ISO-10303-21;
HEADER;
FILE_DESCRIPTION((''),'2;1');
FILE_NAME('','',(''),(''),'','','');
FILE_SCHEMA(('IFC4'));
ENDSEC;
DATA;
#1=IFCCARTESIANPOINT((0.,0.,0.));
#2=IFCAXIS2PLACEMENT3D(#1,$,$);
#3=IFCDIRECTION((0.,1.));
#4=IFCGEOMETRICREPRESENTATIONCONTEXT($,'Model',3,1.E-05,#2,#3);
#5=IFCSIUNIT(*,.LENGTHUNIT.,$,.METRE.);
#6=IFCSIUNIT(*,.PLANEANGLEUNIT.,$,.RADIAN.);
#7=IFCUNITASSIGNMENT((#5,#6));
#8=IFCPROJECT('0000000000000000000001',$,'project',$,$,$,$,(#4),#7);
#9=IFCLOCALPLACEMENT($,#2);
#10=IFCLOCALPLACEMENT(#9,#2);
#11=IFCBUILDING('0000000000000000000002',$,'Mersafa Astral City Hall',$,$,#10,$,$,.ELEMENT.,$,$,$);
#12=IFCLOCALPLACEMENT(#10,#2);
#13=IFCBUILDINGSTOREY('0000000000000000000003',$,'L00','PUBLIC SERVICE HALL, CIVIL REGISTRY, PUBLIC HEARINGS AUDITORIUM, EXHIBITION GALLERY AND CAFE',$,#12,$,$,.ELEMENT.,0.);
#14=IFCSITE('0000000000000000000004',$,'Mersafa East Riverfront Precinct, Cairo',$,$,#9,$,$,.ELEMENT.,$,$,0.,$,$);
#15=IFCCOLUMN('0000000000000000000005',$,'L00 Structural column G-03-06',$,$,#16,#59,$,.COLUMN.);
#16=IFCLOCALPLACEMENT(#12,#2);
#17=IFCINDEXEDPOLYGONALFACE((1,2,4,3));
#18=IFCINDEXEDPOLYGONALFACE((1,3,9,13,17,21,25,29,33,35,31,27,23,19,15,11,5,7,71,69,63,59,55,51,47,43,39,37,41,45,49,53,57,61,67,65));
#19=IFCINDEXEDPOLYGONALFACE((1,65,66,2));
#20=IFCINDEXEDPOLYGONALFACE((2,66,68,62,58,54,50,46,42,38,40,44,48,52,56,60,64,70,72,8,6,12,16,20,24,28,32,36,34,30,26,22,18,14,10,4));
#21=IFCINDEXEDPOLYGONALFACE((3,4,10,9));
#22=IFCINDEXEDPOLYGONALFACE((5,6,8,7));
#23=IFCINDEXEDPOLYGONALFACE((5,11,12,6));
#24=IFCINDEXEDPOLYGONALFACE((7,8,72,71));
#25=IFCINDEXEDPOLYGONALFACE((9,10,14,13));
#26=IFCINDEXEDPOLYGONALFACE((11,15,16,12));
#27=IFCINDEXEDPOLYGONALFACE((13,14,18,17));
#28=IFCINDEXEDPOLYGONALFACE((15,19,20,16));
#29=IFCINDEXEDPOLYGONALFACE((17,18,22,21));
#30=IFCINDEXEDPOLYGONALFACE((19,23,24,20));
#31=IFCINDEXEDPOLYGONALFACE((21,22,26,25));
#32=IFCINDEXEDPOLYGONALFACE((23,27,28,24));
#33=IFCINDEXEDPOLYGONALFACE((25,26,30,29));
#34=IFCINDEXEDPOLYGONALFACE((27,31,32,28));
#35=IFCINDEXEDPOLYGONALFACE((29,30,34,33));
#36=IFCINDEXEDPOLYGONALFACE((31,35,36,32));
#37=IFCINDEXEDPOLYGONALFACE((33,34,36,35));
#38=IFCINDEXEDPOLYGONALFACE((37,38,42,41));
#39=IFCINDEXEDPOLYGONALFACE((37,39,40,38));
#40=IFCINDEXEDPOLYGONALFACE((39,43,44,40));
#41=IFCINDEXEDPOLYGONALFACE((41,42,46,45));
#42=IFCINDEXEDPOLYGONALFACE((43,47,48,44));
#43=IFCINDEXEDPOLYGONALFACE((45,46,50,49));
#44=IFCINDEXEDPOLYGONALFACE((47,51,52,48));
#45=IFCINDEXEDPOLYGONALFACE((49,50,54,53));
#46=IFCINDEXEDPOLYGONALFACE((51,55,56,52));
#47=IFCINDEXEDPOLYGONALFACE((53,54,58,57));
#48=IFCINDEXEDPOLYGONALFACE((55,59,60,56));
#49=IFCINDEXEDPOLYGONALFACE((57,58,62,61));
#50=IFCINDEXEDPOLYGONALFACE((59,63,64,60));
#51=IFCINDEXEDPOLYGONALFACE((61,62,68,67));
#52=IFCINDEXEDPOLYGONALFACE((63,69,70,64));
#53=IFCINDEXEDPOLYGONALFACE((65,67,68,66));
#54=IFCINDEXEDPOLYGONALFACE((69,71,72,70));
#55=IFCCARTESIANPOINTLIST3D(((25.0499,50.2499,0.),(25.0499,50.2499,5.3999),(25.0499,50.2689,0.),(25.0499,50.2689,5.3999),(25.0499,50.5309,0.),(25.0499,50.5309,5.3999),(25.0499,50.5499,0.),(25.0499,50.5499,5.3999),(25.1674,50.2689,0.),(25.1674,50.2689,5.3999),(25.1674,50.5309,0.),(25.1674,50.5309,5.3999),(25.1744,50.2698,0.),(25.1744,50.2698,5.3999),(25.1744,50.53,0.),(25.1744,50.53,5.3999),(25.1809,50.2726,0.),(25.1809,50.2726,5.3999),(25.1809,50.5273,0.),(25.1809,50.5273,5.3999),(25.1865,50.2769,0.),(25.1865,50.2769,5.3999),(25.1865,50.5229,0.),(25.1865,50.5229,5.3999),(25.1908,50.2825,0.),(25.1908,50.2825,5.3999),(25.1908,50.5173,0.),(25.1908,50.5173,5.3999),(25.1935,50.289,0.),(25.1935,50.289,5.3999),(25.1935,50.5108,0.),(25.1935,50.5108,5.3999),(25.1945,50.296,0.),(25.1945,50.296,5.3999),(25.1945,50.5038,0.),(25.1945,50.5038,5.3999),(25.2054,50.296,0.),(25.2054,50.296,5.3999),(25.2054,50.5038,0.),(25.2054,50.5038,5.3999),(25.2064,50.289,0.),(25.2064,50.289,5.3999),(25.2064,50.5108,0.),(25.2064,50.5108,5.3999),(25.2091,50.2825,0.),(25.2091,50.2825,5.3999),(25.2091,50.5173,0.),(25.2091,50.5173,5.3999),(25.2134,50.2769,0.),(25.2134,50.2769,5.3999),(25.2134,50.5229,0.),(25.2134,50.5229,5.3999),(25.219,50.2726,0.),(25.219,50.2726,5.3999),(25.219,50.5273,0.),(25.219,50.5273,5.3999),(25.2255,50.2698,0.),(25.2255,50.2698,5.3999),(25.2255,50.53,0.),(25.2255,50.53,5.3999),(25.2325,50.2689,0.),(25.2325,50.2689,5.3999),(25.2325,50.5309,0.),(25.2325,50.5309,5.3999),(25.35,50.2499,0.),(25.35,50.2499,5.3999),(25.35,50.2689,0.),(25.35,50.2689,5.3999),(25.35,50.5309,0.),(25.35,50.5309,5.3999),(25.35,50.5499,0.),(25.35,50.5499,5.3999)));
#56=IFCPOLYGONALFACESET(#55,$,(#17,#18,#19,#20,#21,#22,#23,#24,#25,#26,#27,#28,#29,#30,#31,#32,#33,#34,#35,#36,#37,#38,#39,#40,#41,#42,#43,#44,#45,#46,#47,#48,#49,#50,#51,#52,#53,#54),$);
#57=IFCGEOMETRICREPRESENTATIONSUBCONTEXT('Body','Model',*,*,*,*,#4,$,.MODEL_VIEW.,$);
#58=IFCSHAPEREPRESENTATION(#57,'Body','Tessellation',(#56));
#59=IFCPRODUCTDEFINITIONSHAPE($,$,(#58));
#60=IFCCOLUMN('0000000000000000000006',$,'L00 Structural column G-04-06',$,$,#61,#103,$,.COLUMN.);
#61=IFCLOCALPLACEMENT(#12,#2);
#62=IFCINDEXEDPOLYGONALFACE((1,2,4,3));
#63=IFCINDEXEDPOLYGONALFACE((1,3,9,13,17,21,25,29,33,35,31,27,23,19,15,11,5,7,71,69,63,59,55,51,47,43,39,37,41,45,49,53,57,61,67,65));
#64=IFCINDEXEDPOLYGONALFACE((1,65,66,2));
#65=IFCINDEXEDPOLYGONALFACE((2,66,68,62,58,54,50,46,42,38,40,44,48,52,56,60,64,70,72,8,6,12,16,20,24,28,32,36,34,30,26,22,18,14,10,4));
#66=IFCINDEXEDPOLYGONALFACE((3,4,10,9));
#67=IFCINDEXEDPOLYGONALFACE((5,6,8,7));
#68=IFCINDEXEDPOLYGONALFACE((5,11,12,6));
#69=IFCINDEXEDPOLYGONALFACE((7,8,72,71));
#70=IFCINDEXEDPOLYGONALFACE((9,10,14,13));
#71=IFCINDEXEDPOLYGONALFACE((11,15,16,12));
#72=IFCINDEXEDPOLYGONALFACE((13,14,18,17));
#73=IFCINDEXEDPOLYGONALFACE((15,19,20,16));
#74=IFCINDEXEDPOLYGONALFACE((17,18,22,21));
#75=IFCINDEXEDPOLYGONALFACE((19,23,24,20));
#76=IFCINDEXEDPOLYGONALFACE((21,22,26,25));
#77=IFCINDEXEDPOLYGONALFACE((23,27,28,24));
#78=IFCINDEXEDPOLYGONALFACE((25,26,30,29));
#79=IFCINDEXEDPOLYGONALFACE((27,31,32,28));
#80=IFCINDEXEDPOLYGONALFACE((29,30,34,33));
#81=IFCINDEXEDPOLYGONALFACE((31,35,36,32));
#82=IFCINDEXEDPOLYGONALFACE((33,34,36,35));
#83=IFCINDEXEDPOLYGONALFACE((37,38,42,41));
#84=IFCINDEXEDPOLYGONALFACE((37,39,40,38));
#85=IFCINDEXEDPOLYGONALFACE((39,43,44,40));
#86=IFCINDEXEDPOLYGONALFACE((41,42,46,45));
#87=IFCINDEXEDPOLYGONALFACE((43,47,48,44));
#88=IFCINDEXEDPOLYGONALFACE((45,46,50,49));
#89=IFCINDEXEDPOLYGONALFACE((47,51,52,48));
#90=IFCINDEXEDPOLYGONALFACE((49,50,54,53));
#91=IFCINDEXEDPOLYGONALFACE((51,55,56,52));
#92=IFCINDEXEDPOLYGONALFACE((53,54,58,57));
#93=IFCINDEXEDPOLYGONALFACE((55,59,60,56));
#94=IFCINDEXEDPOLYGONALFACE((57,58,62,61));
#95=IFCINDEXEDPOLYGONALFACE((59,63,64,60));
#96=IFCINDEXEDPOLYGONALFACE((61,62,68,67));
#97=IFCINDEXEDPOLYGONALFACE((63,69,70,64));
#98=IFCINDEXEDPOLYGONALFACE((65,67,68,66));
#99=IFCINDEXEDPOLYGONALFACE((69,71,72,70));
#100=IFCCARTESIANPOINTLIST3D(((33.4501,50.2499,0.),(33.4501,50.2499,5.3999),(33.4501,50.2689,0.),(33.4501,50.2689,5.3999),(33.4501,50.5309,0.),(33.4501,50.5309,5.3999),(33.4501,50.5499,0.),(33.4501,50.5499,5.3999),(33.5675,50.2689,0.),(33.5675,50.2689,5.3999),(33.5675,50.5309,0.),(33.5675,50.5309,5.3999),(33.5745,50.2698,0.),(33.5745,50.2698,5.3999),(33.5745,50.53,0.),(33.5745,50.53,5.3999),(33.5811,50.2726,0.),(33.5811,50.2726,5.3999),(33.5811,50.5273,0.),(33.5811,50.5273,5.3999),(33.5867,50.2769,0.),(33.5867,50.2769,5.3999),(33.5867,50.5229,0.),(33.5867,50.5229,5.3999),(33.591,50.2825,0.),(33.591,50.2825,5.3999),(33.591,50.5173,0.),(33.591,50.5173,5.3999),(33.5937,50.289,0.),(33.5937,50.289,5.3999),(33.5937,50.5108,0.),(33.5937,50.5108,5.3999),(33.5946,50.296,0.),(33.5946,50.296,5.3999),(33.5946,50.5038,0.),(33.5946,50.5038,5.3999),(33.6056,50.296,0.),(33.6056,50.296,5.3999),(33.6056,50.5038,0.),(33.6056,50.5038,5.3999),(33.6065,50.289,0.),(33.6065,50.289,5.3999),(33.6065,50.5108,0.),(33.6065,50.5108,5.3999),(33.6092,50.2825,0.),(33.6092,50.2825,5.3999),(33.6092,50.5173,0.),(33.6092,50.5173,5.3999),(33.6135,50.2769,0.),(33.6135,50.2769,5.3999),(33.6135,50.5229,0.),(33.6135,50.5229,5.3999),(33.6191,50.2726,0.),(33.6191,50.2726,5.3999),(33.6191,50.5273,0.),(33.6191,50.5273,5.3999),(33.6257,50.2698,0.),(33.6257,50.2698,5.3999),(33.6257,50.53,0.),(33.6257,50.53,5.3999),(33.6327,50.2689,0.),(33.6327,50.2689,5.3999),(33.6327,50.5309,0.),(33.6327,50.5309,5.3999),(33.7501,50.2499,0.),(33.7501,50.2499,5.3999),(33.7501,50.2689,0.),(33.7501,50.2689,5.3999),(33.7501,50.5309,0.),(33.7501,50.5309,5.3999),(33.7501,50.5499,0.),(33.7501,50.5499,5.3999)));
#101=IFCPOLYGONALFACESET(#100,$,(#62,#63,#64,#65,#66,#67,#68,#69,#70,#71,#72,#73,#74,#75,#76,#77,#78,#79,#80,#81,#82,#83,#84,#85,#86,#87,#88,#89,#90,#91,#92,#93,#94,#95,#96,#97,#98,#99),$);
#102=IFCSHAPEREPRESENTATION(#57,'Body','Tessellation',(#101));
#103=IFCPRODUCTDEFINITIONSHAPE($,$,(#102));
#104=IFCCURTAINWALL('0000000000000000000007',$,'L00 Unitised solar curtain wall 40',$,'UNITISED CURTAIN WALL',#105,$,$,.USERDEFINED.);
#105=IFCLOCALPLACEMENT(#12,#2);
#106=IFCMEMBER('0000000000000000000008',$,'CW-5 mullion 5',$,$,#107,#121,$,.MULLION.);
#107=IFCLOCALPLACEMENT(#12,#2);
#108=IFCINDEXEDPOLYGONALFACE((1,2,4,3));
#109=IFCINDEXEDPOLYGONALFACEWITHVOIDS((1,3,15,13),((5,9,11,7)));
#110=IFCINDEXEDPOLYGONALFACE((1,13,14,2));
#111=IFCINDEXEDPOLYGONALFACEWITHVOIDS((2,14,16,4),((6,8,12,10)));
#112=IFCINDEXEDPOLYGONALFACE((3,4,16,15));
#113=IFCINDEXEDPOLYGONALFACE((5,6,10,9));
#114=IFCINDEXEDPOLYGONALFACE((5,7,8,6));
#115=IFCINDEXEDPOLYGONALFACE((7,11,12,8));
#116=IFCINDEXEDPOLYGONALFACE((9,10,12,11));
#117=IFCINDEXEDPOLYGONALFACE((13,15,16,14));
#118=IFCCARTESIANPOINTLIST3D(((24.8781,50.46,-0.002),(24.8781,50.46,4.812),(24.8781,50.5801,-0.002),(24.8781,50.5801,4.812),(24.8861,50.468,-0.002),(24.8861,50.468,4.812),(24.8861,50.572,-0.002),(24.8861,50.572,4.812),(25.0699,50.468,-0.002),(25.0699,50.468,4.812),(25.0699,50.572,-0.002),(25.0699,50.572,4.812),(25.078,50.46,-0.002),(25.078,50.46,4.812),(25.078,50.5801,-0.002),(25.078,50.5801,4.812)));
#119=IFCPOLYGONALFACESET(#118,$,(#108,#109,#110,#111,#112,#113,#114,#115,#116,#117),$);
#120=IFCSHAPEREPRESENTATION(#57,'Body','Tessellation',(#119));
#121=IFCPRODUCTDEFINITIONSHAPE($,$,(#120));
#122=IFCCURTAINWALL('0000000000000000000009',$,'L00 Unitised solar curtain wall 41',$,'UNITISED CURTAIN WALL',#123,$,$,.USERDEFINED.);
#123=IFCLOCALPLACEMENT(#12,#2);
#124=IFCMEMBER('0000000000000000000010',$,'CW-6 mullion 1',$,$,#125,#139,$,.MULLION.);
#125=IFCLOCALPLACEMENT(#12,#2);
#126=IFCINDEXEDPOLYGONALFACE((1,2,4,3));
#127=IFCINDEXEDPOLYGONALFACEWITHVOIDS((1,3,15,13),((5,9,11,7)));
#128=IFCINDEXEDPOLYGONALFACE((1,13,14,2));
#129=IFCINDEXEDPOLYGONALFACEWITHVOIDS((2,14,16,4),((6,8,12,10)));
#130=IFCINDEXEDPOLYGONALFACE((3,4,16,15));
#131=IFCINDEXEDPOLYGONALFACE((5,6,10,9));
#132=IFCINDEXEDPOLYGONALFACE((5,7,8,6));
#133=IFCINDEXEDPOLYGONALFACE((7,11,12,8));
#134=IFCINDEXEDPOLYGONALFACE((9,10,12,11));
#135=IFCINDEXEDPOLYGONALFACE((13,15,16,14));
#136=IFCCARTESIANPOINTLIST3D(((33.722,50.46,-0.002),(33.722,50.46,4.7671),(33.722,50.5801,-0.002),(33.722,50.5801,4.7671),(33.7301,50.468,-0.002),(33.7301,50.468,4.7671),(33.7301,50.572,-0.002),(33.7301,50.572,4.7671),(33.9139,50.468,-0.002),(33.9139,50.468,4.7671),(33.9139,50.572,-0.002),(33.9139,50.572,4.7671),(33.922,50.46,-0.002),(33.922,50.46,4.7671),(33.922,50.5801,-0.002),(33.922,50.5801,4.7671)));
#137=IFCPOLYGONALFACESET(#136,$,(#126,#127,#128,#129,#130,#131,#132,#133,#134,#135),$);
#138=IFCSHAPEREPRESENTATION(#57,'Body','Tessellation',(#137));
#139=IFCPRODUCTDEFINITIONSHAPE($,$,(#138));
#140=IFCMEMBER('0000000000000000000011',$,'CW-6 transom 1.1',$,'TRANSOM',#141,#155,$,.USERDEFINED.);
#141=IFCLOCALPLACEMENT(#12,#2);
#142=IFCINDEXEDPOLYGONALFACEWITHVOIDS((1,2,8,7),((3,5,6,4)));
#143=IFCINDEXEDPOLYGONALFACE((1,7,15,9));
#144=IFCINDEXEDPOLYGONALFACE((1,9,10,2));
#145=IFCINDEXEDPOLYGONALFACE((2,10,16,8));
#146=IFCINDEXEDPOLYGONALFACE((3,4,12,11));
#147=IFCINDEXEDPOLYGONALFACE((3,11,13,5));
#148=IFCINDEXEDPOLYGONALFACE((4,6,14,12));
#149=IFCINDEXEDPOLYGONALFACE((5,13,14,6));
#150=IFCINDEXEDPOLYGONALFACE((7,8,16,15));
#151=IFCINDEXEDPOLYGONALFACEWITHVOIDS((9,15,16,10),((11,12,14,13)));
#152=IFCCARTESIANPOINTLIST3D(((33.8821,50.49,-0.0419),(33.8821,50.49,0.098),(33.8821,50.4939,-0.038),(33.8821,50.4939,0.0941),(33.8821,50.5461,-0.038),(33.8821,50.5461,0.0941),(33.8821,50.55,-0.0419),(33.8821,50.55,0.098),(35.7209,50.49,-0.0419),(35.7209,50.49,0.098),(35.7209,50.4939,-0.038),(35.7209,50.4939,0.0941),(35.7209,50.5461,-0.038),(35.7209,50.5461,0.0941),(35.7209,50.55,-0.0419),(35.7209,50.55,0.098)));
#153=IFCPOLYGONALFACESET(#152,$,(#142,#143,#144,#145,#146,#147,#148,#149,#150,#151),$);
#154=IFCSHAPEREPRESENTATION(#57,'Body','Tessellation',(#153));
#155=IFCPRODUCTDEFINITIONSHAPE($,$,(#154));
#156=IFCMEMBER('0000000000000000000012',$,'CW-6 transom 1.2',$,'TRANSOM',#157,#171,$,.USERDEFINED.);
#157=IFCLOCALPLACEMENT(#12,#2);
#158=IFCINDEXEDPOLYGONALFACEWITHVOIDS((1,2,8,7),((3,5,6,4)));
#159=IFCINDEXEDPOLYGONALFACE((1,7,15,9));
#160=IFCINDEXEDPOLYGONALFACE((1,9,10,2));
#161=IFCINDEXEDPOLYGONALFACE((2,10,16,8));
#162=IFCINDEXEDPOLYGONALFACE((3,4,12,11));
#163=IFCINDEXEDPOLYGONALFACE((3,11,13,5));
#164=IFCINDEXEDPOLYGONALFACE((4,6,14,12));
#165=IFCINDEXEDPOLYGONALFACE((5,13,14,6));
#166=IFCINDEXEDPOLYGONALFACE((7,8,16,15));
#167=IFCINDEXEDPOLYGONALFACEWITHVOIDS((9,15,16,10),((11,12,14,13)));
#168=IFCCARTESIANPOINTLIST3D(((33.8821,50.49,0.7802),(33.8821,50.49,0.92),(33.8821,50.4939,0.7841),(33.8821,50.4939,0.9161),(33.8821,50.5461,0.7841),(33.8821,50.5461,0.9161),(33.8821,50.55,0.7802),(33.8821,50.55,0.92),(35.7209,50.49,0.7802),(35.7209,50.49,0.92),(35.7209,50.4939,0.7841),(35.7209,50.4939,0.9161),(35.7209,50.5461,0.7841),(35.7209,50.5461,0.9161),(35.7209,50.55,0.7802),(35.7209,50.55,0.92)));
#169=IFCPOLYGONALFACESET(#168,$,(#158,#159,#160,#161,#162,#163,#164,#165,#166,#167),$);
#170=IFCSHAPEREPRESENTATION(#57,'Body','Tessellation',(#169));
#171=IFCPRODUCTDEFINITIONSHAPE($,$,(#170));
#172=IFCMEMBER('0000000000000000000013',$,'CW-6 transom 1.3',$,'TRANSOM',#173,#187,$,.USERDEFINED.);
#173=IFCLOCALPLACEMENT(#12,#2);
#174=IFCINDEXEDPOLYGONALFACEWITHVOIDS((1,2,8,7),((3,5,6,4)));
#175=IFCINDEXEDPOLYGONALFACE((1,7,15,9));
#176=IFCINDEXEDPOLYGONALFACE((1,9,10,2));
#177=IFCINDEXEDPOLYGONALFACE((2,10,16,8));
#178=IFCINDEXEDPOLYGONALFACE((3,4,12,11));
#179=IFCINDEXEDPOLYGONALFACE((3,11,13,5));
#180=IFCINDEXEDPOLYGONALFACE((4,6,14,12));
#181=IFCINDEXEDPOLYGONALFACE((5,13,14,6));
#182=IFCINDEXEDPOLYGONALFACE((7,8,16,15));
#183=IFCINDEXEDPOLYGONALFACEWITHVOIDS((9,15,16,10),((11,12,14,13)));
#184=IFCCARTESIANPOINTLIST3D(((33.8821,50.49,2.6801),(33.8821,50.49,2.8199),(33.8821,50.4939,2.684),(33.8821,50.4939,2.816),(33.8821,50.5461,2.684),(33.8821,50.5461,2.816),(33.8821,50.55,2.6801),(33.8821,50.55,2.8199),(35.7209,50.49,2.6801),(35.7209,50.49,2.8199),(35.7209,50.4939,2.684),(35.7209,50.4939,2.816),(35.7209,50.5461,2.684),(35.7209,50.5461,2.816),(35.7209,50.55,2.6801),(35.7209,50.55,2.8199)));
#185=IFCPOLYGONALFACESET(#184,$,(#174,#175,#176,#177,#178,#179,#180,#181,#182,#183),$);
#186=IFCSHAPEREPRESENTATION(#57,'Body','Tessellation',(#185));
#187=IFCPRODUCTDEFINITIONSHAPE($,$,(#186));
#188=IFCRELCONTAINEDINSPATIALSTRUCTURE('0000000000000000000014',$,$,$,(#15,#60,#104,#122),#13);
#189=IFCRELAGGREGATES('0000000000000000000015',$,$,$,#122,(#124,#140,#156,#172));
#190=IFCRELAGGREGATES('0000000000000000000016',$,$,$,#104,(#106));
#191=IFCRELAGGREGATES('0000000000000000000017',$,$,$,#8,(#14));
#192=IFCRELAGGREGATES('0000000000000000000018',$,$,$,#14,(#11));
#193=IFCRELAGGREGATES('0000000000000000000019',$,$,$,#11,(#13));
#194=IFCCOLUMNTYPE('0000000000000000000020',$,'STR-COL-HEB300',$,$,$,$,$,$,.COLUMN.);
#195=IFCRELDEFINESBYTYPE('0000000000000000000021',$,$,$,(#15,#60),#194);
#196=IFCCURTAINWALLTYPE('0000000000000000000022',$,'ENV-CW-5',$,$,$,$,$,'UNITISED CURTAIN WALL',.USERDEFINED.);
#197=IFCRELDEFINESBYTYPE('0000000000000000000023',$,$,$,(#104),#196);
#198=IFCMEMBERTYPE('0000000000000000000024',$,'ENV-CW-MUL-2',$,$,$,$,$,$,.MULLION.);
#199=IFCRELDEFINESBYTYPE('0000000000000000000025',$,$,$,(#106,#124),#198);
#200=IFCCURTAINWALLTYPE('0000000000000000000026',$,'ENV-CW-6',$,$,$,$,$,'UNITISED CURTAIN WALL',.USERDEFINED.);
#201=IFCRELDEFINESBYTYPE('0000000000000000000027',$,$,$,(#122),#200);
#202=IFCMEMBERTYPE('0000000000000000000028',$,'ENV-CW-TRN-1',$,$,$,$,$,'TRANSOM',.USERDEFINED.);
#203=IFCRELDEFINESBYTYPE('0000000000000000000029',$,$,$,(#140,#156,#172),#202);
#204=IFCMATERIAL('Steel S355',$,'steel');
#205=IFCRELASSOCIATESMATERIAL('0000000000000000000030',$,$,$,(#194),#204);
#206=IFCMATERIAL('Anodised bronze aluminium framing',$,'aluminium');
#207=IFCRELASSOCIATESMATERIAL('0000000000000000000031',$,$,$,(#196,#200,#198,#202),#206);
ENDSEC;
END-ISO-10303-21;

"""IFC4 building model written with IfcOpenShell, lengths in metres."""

from ifc_helpers import new_model, si_unit, direction, frame, origin, origin_2d, place, context, subcontext, project, spatial, hollow_rectangle, i_section, extrude, material, material_profile, profile_set, type_object, element, aggregate, save


model = new_model("IFC4")

# Units and contexts
model_context = context("Model", 3, precision=1e-05, world=origin(), true_north=direction((0.0, 1.0)))
body_context = subcontext(model_context, "Body", "Model", "MODEL_VIEW")
ifc_project = project(units=[si_unit("LENGTHUNIT", "METRE"), si_unit("PLANEANGLEUNIT", "RADIAN")], contexts=[model_context])

# Site, building, storey
site_placement = place(None, origin())
site = spatial("IfcSite", under=ifc_project, at=site_placement, Name="Mersafa East Riverfront Precinct, Cairo", CompositionType="ELEMENT", RefElevation=0.0)
building_placement = place(site_placement, origin())
building = spatial("IfcBuilding", under=site, at=building_placement, Name="Mersafa Astral City Hall", CompositionType="ELEMENT")
storey_placement = place(building_placement, origin())
storey = spatial("IfcBuildingStorey", under=building, at=storey_placement, Name="L00", Description="PUBLIC SERVICE HALL, CIVIL REGISTRY, PUBLIC HEARINGS AUDITORIUM, EXHIBITION GALLERY AND CAFE", CompositionType="ELEMENT", Elevation=0.0)

# Columns
ifc_material_1 = material(Name="Steel S355", Category="steel")
ifc_material_profile_1 = material_profile(ifc_material_1, i_section(OverallWidth=0.3, OverallDepth=0.3, WebThickness=0.011, FlangeThickness=0.019, FilletRadius=0.0271, at=origin_2d()), Name="HEB 300")
ifc_profile_set_1 = profile_set([ifc_material_profile_1], Name="Steel S355")
column_type = type_object("IfcColumnType", Name="STR-COL-HEB300", PredefinedType="COLUMN", material=ifc_profile_set_1)
for number, where, z_axis, x_axis, name in (
    (1, (25.2, 50.3999, 0.0), (0.0, 0.0, 1.0), (1.0, 0.0, 0.0), "L00 Structural column G-03-06"),
    (2, (33.6001, 50.3999, 0.0), (0.0, 0.0, 1.0), (1.0, 0.0, 0.0), "L00 Structural column G-04-06"),
):
    element("IfcColumn", number, at=place(storey_placement, frame(where, z_axis=z_axis, x_axis=x_axis)), inside=storey, type_object=column_type, Name=name, PredefinedType="COLUMN", context=body_context, shape_type="SweptSolid", body=[
        extrude(i_section(OverallWidth=0.3, OverallDepth=0.3, WebThickness=0.011, FlangeThickness=0.019, FilletRadius=0.0271, at=origin_2d()), origin(), (0.0, 0.0, 1.0), 5.3999),
    ])

# Curtain wall, member
ifc_material_2 = material(Name="Anodised bronze aluminium framing", Category="aluminium")
curtain_wall_type_1 = type_object("IfcCurtainWallType", Name="ENV-CW-5", ElementType="UNITISED CURTAIN WALL", PredefinedType="USERDEFINED", material=ifc_material_2)
curtain_wall_1_placement = place(storey_placement, origin())
curtain_wall_1 = element("IfcCurtainWall", 3, at=curtain_wall_1_placement, inside=storey, type_object=curtain_wall_type_1, Name="L00 Unitised solar curtain wall 40", ObjectType="UNITISED CURTAIN WALL", PredefinedType="USERDEFINED")
ifc_material_profile_2 = material_profile(ifc_material_2, hollow_rectangle(XDim=0.1201, YDim=0.2, WallThickness=0.0081, at=origin_2d()), Name="RHS 120x200x8")
ifc_profile_set_2 = profile_set([ifc_material_profile_2], Name="Anodised bronze aluminium framing")
member_type_1 = type_object("IfcMemberType", Name="ENV-CW-MUL-2", PredefinedType="MULLION", material=ifc_profile_set_2)
member_1_placement = place(storey_placement, frame((24.978, 50.52, -0.002), z_axis=(0.0, 0.0, 1.0), x_axis=(0.0, 1.0, 0.0)))
member_1 = element("IfcMember", 4, at=member_1_placement, type_object=member_type_1, Name="CW-5 mullion 5", PredefinedType="MULLION", context=body_context, shape_type="SweptSolid", body=[
    extrude(hollow_rectangle(XDim=0.1201, YDim=0.2, WallThickness=0.0081, at=origin_2d()), origin(), (0.0, 0.0, 1.0), 4.814),
])

# Curtain wall, members
curtain_wall_type_2 = type_object("IfcCurtainWallType", Name="ENV-CW-6", ElementType="UNITISED CURTAIN WALL", PredefinedType="USERDEFINED", material=ifc_material_2)
curtain_wall_2_placement = place(storey_placement, origin())
curtain_wall_2 = element("IfcCurtainWall", 5, at=curtain_wall_2_placement, inside=storey, type_object=curtain_wall_type_2, Name="L00 Unitised solar curtain wall 41", ObjectType="UNITISED CURTAIN WALL", PredefinedType="USERDEFINED")
member_2_placement = place(storey_placement, frame((33.822, 50.52, -0.002), z_axis=(0.0, 0.0, 1.0), x_axis=(0.0, 1.0, 0.0)))
member_2 = element("IfcMember", 6, at=member_2_placement, type_object=member_type_1, Name="CW-6 mullion 1", PredefinedType="MULLION", context=body_context, shape_type="SweptSolid", body=[
    extrude(hollow_rectangle(XDim=0.1201, YDim=0.2, WallThickness=0.0081, at=origin_2d()), origin(), (0.0, 0.0, 1.0), 4.769),
])
ifc_material_profile_3 = material_profile(ifc_material_2, hollow_rectangle(XDim=0.0601, YDim=0.1399, WallThickness=0.0039, at=origin_2d()), Name="RHS 60x140x4")
ifc_profile_set_3 = profile_set([ifc_material_profile_3], Name="Anodised bronze aluminium framing")
member_type_2 = type_object("IfcMemberType", Name="ENV-CW-TRN-1", ElementType="TRANSOM", PredefinedType="USERDEFINED", material=ifc_profile_set_3)
member_3_placement = place(storey_placement, frame((33.8821, 50.52, 0.0281), z_axis=(1.0, 0.0, 0.0), x_axis=(0.0, 1.0, 0.0)))
member_3 = element("IfcMember", 7, at=member_3_placement, type_object=member_type_2, Name="CW-6 transom 1.1", ObjectType="TRANSOM", PredefinedType="USERDEFINED", context=body_context, shape_type="SweptSolid", body=[
    extrude(hollow_rectangle(XDim=0.0601, YDim=0.1399, WallThickness=0.0039, at=origin_2d()), origin(), (0.0, 0.0, 1.0), 1.8389),
])
member_4_placement = place(storey_placement, frame((33.8821, 50.52, 0.8501), z_axis=(1.0, 0.0, 0.0), x_axis=(0.0, 1.0, 0.0)))
member_4 = element("IfcMember", 8, at=member_4_placement, type_object=member_type_2, Name="CW-6 transom 1.2", ObjectType="TRANSOM", PredefinedType="USERDEFINED", context=body_context, shape_type="SweptSolid", body=[
    extrude(hollow_rectangle(XDim=0.0601, YDim=0.1399, WallThickness=0.0039, at=origin_2d()), origin(), (0.0, 0.0, 1.0), 1.8389),
])
member_5_placement = place(storey_placement, frame((33.8821, 50.52, 2.75), z_axis=(1.0, 0.0, 0.0), x_axis=(0.0, 1.0, 0.0)))
member_5 = element("IfcMember", 9, at=member_5_placement, type_object=member_type_2, Name="CW-6 transom 1.3", ObjectType="TRANSOM", PredefinedType="USERDEFINED", context=body_context, shape_type="SweptSolid", body=[
    extrude(hollow_rectangle(XDim=0.0601, YDim=0.1399, WallThickness=0.0039, at=origin_2d()), origin(), (0.0, 0.0, 1.0), 1.8389),
])
aggregate(curtain_wall_2, [member_2, member_3, member_4, member_5])

aggregate(curtain_wall_1, [member_1])

save(model, "model.ifc")
